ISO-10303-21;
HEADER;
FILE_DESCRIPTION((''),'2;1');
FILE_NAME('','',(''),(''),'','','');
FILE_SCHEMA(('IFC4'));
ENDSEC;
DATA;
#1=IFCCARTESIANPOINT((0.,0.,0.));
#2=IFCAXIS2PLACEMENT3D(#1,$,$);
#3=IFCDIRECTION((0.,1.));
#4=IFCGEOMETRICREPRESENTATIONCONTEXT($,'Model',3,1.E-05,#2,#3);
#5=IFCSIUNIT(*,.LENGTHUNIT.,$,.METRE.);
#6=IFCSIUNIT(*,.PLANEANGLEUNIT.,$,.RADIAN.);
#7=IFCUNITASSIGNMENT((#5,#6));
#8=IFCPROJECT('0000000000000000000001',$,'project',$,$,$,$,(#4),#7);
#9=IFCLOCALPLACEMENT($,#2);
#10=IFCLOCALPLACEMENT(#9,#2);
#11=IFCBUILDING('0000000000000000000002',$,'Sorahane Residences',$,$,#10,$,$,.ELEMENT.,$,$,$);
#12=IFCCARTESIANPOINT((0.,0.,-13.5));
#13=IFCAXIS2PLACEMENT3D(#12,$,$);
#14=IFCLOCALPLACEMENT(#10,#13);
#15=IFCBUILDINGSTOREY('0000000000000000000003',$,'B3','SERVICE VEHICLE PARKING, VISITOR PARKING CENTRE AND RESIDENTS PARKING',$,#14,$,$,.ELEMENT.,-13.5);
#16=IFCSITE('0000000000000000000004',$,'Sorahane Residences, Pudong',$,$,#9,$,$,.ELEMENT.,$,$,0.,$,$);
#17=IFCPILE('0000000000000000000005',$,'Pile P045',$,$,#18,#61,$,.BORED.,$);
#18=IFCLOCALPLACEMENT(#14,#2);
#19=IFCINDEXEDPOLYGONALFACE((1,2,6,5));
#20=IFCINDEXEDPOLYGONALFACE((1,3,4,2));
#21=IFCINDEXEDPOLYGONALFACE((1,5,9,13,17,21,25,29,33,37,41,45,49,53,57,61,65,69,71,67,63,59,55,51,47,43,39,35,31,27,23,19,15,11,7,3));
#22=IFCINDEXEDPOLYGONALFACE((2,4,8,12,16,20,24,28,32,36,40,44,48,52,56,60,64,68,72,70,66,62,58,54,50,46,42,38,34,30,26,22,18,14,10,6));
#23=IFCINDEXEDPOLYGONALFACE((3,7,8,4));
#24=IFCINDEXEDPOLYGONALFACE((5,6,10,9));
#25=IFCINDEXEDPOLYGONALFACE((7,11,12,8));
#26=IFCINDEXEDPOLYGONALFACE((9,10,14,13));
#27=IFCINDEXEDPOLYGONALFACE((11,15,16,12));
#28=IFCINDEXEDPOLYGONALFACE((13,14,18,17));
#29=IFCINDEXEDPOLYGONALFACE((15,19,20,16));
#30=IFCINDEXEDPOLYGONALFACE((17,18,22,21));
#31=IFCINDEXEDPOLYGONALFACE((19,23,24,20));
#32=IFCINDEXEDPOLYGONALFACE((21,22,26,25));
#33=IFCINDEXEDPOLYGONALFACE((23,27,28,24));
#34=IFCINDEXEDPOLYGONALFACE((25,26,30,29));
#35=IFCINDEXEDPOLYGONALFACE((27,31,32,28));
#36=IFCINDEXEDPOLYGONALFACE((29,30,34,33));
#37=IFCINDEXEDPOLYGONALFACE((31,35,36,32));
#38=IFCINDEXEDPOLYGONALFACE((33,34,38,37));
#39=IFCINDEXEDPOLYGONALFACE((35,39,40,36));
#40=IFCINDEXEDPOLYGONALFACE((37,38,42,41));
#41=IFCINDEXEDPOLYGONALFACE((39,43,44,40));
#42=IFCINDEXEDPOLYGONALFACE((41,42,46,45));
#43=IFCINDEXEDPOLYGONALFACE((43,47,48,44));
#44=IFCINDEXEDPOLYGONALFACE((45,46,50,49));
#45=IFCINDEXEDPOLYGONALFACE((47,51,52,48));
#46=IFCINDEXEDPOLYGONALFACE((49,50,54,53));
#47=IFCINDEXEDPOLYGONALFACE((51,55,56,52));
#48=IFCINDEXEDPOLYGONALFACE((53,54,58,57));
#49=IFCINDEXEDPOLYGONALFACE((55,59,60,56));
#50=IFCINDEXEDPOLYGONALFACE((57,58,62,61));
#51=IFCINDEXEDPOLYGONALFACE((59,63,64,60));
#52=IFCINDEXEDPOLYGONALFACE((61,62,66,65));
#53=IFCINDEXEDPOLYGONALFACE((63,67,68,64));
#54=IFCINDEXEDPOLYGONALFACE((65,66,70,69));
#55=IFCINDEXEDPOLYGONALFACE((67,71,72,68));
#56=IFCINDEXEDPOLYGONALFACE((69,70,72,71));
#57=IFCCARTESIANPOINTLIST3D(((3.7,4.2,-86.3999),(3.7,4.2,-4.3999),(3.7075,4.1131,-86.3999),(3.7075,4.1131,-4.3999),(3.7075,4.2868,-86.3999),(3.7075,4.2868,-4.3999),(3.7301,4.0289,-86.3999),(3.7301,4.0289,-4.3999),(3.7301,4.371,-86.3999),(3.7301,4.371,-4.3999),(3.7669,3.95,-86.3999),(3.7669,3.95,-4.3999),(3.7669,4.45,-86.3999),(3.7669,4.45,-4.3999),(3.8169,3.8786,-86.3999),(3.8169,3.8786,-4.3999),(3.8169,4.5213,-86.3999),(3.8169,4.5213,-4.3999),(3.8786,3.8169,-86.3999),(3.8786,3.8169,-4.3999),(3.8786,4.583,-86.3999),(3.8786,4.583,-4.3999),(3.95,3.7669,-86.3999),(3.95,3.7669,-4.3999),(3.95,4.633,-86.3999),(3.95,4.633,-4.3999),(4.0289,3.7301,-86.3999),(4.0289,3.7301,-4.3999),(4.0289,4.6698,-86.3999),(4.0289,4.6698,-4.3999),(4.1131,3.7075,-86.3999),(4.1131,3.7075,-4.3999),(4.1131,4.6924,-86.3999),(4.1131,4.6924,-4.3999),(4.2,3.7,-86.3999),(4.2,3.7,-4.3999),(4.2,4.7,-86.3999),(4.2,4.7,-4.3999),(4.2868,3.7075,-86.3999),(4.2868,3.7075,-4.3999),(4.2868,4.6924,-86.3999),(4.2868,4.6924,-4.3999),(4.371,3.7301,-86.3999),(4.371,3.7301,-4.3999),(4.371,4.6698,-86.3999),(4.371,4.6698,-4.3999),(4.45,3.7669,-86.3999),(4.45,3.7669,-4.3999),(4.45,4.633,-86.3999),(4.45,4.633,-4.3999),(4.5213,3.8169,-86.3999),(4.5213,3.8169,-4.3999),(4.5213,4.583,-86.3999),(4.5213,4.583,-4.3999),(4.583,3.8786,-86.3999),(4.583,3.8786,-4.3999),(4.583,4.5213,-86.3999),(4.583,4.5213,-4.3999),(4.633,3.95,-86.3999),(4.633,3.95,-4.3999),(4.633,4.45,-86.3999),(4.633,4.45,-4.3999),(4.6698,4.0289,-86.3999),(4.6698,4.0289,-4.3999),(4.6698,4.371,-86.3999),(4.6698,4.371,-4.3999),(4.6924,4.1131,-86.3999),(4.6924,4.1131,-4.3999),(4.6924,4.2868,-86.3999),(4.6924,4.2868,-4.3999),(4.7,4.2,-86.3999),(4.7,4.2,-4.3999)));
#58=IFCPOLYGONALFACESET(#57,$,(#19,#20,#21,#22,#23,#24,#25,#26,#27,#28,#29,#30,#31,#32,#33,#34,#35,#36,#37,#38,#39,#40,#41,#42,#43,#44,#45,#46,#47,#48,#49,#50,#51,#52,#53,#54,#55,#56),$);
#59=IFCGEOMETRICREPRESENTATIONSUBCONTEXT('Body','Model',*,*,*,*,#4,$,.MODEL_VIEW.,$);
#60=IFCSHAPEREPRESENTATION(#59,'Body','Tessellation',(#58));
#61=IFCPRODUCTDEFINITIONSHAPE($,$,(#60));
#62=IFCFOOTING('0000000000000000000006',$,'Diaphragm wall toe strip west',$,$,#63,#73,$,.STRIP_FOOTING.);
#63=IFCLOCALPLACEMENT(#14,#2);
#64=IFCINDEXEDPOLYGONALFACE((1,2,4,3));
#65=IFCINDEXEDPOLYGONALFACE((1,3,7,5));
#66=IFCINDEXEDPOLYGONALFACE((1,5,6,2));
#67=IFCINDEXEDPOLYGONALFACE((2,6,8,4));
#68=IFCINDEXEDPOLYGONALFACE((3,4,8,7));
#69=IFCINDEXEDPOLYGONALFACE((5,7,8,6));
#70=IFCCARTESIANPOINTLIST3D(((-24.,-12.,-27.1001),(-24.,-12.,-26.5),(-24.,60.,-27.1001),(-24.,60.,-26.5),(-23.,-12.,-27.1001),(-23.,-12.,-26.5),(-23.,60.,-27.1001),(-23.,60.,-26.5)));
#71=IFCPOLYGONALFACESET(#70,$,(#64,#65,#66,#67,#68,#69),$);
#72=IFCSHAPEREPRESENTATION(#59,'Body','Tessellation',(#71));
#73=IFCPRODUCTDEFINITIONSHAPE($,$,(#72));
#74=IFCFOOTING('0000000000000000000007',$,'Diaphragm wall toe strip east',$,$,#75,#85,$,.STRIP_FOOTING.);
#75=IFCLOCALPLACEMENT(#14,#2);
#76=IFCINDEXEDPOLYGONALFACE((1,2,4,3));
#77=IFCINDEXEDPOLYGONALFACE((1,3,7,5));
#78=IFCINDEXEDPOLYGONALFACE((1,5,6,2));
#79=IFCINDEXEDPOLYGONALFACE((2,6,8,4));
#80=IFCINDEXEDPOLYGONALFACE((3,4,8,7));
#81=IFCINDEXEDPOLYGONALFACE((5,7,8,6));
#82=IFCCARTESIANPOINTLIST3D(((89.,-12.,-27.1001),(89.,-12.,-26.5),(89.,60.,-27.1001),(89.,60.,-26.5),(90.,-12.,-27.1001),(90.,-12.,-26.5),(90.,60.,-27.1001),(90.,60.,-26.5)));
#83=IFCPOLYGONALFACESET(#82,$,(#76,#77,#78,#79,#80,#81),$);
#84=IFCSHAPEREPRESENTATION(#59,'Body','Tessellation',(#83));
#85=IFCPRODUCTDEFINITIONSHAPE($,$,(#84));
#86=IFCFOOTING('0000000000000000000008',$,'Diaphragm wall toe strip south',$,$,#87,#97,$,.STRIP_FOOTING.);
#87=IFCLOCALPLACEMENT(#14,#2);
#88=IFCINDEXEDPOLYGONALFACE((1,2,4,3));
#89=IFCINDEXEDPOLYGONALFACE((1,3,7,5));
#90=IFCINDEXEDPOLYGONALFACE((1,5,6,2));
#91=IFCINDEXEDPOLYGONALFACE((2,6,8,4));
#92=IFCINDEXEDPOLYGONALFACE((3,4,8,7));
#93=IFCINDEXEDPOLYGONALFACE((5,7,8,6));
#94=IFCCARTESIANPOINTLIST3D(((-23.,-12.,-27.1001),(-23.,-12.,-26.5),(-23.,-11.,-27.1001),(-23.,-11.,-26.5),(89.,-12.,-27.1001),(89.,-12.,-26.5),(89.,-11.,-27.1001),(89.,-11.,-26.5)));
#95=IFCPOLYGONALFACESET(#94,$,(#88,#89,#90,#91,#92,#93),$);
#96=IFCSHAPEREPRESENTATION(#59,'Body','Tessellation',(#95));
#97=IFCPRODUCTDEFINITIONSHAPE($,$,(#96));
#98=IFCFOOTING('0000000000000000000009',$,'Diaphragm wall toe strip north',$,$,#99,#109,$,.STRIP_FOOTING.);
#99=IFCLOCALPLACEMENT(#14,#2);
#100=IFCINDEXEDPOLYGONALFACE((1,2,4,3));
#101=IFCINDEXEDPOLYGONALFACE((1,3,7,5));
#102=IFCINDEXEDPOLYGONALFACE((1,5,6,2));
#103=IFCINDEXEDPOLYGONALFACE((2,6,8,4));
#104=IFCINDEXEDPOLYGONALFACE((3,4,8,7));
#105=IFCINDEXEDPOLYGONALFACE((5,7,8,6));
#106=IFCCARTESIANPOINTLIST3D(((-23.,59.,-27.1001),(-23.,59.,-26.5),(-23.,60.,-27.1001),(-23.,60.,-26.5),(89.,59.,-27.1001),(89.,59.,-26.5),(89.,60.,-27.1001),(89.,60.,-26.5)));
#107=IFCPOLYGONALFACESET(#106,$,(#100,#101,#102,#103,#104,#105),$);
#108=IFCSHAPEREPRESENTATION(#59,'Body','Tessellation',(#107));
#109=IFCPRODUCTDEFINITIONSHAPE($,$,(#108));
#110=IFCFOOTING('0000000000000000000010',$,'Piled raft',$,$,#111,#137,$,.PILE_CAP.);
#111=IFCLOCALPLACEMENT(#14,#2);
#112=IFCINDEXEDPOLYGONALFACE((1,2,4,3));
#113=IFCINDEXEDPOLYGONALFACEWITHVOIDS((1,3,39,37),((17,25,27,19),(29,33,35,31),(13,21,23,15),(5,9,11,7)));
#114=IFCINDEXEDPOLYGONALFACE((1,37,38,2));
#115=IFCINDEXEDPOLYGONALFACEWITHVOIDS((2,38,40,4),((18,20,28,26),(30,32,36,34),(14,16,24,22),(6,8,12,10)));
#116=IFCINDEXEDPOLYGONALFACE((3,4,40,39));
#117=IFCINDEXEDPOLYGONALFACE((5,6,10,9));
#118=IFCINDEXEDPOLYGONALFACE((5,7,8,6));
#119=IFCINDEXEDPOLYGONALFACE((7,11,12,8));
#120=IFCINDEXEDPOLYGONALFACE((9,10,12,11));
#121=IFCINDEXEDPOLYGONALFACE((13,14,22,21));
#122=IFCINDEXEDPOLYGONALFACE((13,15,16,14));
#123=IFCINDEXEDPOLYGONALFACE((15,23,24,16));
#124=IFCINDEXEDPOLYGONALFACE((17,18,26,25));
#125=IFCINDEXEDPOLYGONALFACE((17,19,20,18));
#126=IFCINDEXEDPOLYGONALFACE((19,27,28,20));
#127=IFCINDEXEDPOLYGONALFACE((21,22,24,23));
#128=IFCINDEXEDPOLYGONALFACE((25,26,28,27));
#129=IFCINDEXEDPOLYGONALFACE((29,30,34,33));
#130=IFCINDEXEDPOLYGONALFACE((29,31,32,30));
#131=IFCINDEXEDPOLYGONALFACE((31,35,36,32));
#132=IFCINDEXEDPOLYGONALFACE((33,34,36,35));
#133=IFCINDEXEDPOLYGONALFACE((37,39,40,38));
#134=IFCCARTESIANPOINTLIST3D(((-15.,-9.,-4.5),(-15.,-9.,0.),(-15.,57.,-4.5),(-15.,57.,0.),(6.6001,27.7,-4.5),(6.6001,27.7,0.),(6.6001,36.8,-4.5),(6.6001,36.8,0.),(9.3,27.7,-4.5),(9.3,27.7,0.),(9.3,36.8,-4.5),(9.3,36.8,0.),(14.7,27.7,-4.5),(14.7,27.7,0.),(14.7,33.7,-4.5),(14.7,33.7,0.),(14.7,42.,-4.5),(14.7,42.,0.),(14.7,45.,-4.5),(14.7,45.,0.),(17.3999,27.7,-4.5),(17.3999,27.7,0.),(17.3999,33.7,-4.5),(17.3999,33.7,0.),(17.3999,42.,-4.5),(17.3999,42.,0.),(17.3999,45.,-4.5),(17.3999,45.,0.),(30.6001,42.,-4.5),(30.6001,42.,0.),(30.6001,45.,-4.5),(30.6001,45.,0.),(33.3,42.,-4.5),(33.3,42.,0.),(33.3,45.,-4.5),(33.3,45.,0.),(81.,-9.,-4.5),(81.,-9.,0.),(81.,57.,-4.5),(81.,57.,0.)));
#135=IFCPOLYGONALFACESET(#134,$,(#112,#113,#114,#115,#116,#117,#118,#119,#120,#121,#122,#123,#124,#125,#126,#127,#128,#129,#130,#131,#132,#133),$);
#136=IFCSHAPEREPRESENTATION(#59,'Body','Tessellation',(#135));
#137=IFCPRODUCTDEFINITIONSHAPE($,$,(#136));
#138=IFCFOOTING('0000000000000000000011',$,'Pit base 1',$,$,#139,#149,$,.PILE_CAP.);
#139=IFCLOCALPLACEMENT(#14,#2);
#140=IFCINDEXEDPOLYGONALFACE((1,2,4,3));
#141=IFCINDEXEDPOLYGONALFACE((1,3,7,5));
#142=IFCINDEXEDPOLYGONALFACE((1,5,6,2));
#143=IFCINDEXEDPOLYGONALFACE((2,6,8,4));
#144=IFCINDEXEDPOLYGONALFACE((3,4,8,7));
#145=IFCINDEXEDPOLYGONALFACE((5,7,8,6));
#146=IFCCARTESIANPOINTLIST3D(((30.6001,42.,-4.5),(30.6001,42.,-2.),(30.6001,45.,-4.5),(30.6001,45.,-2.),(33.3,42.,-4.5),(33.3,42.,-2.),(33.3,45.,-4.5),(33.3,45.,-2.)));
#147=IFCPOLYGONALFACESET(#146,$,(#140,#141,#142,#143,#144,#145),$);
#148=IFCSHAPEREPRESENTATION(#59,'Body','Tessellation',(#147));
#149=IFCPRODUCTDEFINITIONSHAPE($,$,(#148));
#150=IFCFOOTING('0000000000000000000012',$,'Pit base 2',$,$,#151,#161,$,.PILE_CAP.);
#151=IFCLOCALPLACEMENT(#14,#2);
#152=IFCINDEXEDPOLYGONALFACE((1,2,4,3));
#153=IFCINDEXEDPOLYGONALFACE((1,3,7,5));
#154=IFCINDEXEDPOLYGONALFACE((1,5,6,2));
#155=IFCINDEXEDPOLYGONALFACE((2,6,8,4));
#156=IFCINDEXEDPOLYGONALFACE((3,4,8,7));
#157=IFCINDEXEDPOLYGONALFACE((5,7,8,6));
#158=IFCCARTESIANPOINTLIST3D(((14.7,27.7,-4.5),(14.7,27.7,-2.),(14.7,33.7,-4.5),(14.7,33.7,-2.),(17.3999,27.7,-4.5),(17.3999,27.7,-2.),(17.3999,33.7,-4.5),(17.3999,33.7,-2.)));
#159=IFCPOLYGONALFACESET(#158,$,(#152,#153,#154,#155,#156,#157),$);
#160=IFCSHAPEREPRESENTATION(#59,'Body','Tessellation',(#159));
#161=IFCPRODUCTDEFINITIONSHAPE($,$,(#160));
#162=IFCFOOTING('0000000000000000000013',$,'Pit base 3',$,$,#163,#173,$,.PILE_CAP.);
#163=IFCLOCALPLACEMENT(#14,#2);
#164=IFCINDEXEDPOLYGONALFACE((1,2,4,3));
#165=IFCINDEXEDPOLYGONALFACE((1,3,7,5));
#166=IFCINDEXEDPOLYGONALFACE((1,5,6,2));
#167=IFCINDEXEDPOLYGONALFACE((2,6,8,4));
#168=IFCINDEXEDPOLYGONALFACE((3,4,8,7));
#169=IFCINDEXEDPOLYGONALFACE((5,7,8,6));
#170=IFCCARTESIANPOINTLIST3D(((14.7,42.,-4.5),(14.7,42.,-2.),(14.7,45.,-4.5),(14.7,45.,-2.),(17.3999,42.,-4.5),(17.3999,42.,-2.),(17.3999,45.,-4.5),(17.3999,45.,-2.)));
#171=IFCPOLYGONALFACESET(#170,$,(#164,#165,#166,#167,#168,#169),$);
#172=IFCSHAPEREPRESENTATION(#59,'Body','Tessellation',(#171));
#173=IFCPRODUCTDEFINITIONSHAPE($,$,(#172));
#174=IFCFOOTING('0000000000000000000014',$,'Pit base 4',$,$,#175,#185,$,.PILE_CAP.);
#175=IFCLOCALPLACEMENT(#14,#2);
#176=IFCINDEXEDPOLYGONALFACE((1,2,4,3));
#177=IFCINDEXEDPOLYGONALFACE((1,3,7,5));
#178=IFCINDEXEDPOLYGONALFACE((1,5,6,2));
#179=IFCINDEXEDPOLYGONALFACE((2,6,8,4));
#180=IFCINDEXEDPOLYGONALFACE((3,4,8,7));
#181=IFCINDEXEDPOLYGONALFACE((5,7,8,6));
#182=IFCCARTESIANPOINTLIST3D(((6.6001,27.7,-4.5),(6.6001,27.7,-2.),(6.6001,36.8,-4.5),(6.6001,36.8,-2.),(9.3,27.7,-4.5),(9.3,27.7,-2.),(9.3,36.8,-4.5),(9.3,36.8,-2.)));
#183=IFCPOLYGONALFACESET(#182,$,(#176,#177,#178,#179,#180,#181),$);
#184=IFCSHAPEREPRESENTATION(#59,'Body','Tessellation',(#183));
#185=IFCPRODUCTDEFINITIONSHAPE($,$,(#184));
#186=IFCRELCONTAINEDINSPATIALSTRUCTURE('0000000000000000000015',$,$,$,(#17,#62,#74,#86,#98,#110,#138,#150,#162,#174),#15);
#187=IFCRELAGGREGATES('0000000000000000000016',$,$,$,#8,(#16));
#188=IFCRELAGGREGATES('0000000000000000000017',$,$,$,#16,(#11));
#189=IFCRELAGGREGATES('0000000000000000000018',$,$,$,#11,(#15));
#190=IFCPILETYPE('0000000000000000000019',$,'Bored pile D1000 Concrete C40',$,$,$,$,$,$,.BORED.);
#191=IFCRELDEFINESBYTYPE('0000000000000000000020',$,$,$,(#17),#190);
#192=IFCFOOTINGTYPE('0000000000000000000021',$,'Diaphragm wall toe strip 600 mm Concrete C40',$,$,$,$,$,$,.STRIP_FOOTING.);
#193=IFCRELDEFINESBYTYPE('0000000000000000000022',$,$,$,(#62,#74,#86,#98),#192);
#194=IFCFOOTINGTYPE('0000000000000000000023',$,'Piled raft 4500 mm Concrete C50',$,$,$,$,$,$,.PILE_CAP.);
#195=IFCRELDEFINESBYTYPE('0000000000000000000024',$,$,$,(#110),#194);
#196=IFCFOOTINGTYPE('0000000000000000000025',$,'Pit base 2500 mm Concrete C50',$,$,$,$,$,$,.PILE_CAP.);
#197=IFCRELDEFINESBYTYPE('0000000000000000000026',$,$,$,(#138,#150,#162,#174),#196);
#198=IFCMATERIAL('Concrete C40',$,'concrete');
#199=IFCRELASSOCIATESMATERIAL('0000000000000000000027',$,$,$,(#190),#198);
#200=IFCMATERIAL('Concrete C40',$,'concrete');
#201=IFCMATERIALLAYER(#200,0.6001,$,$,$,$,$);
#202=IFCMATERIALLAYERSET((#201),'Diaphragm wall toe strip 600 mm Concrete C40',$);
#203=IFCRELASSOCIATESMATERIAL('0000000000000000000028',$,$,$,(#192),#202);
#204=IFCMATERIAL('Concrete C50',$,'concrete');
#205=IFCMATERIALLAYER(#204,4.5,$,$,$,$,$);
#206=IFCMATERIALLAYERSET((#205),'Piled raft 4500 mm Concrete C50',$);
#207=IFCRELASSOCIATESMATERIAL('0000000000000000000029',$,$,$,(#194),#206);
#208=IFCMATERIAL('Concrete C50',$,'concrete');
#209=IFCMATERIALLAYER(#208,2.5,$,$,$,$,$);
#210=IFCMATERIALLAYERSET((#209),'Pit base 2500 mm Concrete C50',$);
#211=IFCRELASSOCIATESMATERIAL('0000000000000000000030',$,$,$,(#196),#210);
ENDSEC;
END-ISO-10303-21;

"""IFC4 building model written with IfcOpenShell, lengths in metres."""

from ifc_helpers import new_model, si_unit, direction, frame, origin, origin_2d, place, context, subcontext, project, spatial, polyline, circle, outline, extrude, material, layer, layer_set, material_profile, profile_set, type_object, element, save


model = new_model("IFC4")

# Units and contexts
model_context = context("Model", 3, precision=1e-05, world=origin(), true_north=direction((0.0, 1.0)))
body_context = subcontext(model_context, "Body", "Model", "MODEL_VIEW")
ifc_project = project(units=[si_unit("LENGTHUNIT", "METRE"), si_unit("PLANEANGLEUNIT", "RADIAN")], contexts=[model_context])

# Site, building, storey
site_placement = place(None, origin())
site = spatial("IfcSite", under=ifc_project, at=site_placement, Name="Sorahane Residences, Pudong", CompositionType="ELEMENT", RefElevation=0.0)
building_placement = place(site_placement, origin())
building = spatial("IfcBuilding", under=site, at=building_placement, Name="Sorahane Residences", CompositionType="ELEMENT")
storey_placement = place(building_placement, frame((0.0, 0.0, -13.5)))
storey = spatial("IfcBuildingStorey", under=building, at=storey_placement, Name="B3", Description="SERVICE VEHICLE PARKING, VISITOR PARKING CENTRE AND RESIDENTS PARKING", CompositionType="ELEMENT", Elevation=-13.5)

# Pile
ifc_material_1 = material(Name="Concrete C40", Category="concrete")
ifc_material_profile_1 = material_profile(ifc_material_1, circle(Radius=0.5, at=origin_2d()), Name="D1000")
ifc_profile_set_1 = profile_set([ifc_material_profile_1], Name="Concrete C40")
pile_type = type_object("IfcPileType", Name="Bored pile D1000 Concrete C40", PredefinedType="BORED", material=ifc_profile_set_1)
for number, where, z_axis, x_axis, name in (
    (1, (4.2, 4.2, -4.3999), (0.0, 0.0, -1.0), (1.0, 0.0, 0.0), "Pile P045"),
):
    element("IfcPile", number, at=place(storey_placement, frame(where, z_axis=z_axis, x_axis=x_axis)), inside=storey, type_object=pile_type, Name=name, PredefinedType="BORED", context=body_context, shape_type="SweptSolid", body=[
        extrude(circle(Radius=0.5, at=origin_2d()), origin(), (0.0, 0.0, 1.0), 82.0),
    ])

# Footings
ifc_material_2 = material(Name="Concrete C40", Category="concrete")
ifc_layer_1 = layer(ifc_material_2, 0.6001)
ifc_layer_set_1 = layer_set([ifc_layer_1], Name="Diaphragm wall toe strip 600 mm Concrete C40")
footing_type_1 = type_object("IfcFootingType", Name="Diaphragm wall toe strip 600 mm Concrete C40", PredefinedType="STRIP_FOOTING", material=ifc_layer_set_1)
footing_1_placement = place(storey_placement, frame((0.0, 0.0, -27.1001)))
element("IfcFooting", 2, at=footing_1_placement, inside=storey, type_object=footing_type_1, Name="Diaphragm wall toe strip west", PredefinedType="STRIP_FOOTING", context=body_context, shape_type="SweptSolid", body=[
    extrude(outline(polyline([(-24.0, -12.0), (-23.0, -12.0), (-23.0, 60.0), (-24.0, 60.0), (-24.0, -12.0)])), origin(), (0.0, 0.0, 1.0), 0.6001),
])
footing_2_placement = place(storey_placement, frame((0.0, 0.0, -27.1001)))
element("IfcFooting", 3, at=footing_2_placement, inside=storey, type_object=footing_type_1, Name="Diaphragm wall toe strip east", PredefinedType="STRIP_FOOTING", context=body_context, shape_type="SweptSolid", body=[
    extrude(outline(polyline([(89.0, -12.0), (90.0, -12.0), (90.0, 60.0), (89.0, 60.0), (89.0, -12.0)])), origin(), (0.0, 0.0, 1.0), 0.6001),
])
footing_3_placement = place(storey_placement, frame((0.0, 0.0, -27.1001)))
element("IfcFooting", 4, at=footing_3_placement, inside=storey, type_object=footing_type_1, Name="Diaphragm wall toe strip south", PredefinedType="STRIP_FOOTING", context=body_context, shape_type="SweptSolid", body=[
    extrude(outline(polyline([(-23.0, -12.0), (89.0, -12.0), (89.0, -11.0), (-23.0, -11.0), (-23.0, -12.0)])), origin(), (0.0, 0.0, 1.0), 0.6001),
])
footing_4_placement = place(storey_placement, frame((0.0, 0.0, -27.1001)))
element("IfcFooting", 5, at=footing_4_placement, inside=storey, type_object=footing_type_1, Name="Diaphragm wall toe strip north", PredefinedType="STRIP_FOOTING", context=body_context, shape_type="SweptSolid", body=[
    extrude(outline(polyline([(-23.0, 59.0), (89.0, 59.0), (89.0, 60.0), (-23.0, 60.0), (-23.0, 59.0)])), origin(), (0.0, 0.0, 1.0), 0.6001),
])
ifc_material_3 = material(Name="Concrete C50", Category="concrete")
ifc_layer_2 = layer(ifc_material_3, 4.5)
ifc_layer_set_2 = layer_set([ifc_layer_2], Name="Piled raft 4500 mm Concrete C50")
footing_type_2 = type_object("IfcFootingType", Name="Piled raft 4500 mm Concrete C50", PredefinedType="PILE_CAP", material=ifc_layer_set_2)
footing_5_placement = place(storey_placement, frame((0.0, 0.0, -4.5)))
element("IfcFooting", 6, at=footing_5_placement, inside=storey, type_object=footing_type_2, Name="Piled raft", PredefinedType="PILE_CAP", context=body_context, shape_type="SweptSolid", body=[
    extrude(outline(polyline([(-15.0, -9.0), (81.0, -9.0), (81.0, 57.0), (-15.0, 57.0), (-15.0, -9.0)]), holes=[polyline([(30.6001, 42.0), (33.3, 42.0), (33.3, 45.0), (30.6001, 45.0), (30.6001, 42.0)]), polyline([(14.7, 27.7), (17.3999, 27.7), (17.3999, 33.7), (14.7, 33.7), (14.7, 27.7)]), polyline([(14.7, 42.0), (17.3999, 42.0), (17.3999, 45.0), (14.7, 45.0), (14.7, 42.0)]), polyline([(6.6001, 27.7), (9.3, 27.7), (9.3, 36.8), (6.6001, 36.8), (6.6001, 27.7)])]), origin(), (0.0, 0.0, 1.0), 4.5),
])
ifc_material_4 = material(Name="Concrete C50", Category="concrete")
ifc_layer_3 = layer(ifc_material_4, 2.5)
ifc_layer_set_3 = layer_set([ifc_layer_3], Name="Pit base 2500 mm Concrete C50")
footing_type_3 = type_object("IfcFootingType", Name="Pit base 2500 mm Concrete C50", PredefinedType="PILE_CAP", material=ifc_layer_set_3)
footing_6_placement = place(storey_placement, frame((0.0, 0.0, -4.5)))
element("IfcFooting", 7, at=footing_6_placement, inside=storey, type_object=footing_type_3, Name="Pit base 1", PredefinedType="PILE_CAP", context=body_context, shape_type="SweptSolid", body=[
    extrude(outline(polyline([(30.6001, 42.0), (33.3, 42.0), (33.3, 45.0), (30.6001, 45.0), (30.6001, 42.0)])), origin(), (0.0, 0.0, 1.0), 2.5),
])
footing_7_placement = place(storey_placement, frame((0.0, 0.0, -4.5)))
element("IfcFooting", 8, at=footing_7_placement, inside=storey, type_object=footing_type_3, Name="Pit base 2", PredefinedType="PILE_CAP", context=body_context, shape_type="SweptSolid", body=[
    extrude(outline(polyline([(14.7, 27.7), (17.3999, 27.7), (17.3999, 33.7), (14.7, 33.7), (14.7, 27.7)])), origin(), (0.0, 0.0, 1.0), 2.5),
])
footing_8_placement = place(storey_placement, frame((0.0, 0.0, -4.5)))
element("IfcFooting", 9, at=footing_8_placement, inside=storey, type_object=footing_type_3, Name="Pit base 3", PredefinedType="PILE_CAP", context=body_context, shape_type="SweptSolid", body=[
    extrude(outline(polyline([(14.7, 42.0), (17.3999, 42.0), (17.3999, 45.0), (14.7, 45.0), (14.7, 42.0)])), origin(), (0.0, 0.0, 1.0), 2.5),
])
footing_9_placement = place(storey_placement, frame((0.0, 0.0, -4.5)))
element("IfcFooting", 10, at=footing_9_placement, inside=storey, type_object=footing_type_3, Name="Pit base 4", PredefinedType="PILE_CAP", context=body_context, shape_type="SweptSolid", body=[
    extrude(outline(polyline([(6.6001, 27.7), (9.3, 27.7), (9.3, 36.8), (6.6001, 36.8), (6.6001, 27.7)])), origin(), (0.0, 0.0, 1.0), 2.5),
])

save(model, "model.ifc")
